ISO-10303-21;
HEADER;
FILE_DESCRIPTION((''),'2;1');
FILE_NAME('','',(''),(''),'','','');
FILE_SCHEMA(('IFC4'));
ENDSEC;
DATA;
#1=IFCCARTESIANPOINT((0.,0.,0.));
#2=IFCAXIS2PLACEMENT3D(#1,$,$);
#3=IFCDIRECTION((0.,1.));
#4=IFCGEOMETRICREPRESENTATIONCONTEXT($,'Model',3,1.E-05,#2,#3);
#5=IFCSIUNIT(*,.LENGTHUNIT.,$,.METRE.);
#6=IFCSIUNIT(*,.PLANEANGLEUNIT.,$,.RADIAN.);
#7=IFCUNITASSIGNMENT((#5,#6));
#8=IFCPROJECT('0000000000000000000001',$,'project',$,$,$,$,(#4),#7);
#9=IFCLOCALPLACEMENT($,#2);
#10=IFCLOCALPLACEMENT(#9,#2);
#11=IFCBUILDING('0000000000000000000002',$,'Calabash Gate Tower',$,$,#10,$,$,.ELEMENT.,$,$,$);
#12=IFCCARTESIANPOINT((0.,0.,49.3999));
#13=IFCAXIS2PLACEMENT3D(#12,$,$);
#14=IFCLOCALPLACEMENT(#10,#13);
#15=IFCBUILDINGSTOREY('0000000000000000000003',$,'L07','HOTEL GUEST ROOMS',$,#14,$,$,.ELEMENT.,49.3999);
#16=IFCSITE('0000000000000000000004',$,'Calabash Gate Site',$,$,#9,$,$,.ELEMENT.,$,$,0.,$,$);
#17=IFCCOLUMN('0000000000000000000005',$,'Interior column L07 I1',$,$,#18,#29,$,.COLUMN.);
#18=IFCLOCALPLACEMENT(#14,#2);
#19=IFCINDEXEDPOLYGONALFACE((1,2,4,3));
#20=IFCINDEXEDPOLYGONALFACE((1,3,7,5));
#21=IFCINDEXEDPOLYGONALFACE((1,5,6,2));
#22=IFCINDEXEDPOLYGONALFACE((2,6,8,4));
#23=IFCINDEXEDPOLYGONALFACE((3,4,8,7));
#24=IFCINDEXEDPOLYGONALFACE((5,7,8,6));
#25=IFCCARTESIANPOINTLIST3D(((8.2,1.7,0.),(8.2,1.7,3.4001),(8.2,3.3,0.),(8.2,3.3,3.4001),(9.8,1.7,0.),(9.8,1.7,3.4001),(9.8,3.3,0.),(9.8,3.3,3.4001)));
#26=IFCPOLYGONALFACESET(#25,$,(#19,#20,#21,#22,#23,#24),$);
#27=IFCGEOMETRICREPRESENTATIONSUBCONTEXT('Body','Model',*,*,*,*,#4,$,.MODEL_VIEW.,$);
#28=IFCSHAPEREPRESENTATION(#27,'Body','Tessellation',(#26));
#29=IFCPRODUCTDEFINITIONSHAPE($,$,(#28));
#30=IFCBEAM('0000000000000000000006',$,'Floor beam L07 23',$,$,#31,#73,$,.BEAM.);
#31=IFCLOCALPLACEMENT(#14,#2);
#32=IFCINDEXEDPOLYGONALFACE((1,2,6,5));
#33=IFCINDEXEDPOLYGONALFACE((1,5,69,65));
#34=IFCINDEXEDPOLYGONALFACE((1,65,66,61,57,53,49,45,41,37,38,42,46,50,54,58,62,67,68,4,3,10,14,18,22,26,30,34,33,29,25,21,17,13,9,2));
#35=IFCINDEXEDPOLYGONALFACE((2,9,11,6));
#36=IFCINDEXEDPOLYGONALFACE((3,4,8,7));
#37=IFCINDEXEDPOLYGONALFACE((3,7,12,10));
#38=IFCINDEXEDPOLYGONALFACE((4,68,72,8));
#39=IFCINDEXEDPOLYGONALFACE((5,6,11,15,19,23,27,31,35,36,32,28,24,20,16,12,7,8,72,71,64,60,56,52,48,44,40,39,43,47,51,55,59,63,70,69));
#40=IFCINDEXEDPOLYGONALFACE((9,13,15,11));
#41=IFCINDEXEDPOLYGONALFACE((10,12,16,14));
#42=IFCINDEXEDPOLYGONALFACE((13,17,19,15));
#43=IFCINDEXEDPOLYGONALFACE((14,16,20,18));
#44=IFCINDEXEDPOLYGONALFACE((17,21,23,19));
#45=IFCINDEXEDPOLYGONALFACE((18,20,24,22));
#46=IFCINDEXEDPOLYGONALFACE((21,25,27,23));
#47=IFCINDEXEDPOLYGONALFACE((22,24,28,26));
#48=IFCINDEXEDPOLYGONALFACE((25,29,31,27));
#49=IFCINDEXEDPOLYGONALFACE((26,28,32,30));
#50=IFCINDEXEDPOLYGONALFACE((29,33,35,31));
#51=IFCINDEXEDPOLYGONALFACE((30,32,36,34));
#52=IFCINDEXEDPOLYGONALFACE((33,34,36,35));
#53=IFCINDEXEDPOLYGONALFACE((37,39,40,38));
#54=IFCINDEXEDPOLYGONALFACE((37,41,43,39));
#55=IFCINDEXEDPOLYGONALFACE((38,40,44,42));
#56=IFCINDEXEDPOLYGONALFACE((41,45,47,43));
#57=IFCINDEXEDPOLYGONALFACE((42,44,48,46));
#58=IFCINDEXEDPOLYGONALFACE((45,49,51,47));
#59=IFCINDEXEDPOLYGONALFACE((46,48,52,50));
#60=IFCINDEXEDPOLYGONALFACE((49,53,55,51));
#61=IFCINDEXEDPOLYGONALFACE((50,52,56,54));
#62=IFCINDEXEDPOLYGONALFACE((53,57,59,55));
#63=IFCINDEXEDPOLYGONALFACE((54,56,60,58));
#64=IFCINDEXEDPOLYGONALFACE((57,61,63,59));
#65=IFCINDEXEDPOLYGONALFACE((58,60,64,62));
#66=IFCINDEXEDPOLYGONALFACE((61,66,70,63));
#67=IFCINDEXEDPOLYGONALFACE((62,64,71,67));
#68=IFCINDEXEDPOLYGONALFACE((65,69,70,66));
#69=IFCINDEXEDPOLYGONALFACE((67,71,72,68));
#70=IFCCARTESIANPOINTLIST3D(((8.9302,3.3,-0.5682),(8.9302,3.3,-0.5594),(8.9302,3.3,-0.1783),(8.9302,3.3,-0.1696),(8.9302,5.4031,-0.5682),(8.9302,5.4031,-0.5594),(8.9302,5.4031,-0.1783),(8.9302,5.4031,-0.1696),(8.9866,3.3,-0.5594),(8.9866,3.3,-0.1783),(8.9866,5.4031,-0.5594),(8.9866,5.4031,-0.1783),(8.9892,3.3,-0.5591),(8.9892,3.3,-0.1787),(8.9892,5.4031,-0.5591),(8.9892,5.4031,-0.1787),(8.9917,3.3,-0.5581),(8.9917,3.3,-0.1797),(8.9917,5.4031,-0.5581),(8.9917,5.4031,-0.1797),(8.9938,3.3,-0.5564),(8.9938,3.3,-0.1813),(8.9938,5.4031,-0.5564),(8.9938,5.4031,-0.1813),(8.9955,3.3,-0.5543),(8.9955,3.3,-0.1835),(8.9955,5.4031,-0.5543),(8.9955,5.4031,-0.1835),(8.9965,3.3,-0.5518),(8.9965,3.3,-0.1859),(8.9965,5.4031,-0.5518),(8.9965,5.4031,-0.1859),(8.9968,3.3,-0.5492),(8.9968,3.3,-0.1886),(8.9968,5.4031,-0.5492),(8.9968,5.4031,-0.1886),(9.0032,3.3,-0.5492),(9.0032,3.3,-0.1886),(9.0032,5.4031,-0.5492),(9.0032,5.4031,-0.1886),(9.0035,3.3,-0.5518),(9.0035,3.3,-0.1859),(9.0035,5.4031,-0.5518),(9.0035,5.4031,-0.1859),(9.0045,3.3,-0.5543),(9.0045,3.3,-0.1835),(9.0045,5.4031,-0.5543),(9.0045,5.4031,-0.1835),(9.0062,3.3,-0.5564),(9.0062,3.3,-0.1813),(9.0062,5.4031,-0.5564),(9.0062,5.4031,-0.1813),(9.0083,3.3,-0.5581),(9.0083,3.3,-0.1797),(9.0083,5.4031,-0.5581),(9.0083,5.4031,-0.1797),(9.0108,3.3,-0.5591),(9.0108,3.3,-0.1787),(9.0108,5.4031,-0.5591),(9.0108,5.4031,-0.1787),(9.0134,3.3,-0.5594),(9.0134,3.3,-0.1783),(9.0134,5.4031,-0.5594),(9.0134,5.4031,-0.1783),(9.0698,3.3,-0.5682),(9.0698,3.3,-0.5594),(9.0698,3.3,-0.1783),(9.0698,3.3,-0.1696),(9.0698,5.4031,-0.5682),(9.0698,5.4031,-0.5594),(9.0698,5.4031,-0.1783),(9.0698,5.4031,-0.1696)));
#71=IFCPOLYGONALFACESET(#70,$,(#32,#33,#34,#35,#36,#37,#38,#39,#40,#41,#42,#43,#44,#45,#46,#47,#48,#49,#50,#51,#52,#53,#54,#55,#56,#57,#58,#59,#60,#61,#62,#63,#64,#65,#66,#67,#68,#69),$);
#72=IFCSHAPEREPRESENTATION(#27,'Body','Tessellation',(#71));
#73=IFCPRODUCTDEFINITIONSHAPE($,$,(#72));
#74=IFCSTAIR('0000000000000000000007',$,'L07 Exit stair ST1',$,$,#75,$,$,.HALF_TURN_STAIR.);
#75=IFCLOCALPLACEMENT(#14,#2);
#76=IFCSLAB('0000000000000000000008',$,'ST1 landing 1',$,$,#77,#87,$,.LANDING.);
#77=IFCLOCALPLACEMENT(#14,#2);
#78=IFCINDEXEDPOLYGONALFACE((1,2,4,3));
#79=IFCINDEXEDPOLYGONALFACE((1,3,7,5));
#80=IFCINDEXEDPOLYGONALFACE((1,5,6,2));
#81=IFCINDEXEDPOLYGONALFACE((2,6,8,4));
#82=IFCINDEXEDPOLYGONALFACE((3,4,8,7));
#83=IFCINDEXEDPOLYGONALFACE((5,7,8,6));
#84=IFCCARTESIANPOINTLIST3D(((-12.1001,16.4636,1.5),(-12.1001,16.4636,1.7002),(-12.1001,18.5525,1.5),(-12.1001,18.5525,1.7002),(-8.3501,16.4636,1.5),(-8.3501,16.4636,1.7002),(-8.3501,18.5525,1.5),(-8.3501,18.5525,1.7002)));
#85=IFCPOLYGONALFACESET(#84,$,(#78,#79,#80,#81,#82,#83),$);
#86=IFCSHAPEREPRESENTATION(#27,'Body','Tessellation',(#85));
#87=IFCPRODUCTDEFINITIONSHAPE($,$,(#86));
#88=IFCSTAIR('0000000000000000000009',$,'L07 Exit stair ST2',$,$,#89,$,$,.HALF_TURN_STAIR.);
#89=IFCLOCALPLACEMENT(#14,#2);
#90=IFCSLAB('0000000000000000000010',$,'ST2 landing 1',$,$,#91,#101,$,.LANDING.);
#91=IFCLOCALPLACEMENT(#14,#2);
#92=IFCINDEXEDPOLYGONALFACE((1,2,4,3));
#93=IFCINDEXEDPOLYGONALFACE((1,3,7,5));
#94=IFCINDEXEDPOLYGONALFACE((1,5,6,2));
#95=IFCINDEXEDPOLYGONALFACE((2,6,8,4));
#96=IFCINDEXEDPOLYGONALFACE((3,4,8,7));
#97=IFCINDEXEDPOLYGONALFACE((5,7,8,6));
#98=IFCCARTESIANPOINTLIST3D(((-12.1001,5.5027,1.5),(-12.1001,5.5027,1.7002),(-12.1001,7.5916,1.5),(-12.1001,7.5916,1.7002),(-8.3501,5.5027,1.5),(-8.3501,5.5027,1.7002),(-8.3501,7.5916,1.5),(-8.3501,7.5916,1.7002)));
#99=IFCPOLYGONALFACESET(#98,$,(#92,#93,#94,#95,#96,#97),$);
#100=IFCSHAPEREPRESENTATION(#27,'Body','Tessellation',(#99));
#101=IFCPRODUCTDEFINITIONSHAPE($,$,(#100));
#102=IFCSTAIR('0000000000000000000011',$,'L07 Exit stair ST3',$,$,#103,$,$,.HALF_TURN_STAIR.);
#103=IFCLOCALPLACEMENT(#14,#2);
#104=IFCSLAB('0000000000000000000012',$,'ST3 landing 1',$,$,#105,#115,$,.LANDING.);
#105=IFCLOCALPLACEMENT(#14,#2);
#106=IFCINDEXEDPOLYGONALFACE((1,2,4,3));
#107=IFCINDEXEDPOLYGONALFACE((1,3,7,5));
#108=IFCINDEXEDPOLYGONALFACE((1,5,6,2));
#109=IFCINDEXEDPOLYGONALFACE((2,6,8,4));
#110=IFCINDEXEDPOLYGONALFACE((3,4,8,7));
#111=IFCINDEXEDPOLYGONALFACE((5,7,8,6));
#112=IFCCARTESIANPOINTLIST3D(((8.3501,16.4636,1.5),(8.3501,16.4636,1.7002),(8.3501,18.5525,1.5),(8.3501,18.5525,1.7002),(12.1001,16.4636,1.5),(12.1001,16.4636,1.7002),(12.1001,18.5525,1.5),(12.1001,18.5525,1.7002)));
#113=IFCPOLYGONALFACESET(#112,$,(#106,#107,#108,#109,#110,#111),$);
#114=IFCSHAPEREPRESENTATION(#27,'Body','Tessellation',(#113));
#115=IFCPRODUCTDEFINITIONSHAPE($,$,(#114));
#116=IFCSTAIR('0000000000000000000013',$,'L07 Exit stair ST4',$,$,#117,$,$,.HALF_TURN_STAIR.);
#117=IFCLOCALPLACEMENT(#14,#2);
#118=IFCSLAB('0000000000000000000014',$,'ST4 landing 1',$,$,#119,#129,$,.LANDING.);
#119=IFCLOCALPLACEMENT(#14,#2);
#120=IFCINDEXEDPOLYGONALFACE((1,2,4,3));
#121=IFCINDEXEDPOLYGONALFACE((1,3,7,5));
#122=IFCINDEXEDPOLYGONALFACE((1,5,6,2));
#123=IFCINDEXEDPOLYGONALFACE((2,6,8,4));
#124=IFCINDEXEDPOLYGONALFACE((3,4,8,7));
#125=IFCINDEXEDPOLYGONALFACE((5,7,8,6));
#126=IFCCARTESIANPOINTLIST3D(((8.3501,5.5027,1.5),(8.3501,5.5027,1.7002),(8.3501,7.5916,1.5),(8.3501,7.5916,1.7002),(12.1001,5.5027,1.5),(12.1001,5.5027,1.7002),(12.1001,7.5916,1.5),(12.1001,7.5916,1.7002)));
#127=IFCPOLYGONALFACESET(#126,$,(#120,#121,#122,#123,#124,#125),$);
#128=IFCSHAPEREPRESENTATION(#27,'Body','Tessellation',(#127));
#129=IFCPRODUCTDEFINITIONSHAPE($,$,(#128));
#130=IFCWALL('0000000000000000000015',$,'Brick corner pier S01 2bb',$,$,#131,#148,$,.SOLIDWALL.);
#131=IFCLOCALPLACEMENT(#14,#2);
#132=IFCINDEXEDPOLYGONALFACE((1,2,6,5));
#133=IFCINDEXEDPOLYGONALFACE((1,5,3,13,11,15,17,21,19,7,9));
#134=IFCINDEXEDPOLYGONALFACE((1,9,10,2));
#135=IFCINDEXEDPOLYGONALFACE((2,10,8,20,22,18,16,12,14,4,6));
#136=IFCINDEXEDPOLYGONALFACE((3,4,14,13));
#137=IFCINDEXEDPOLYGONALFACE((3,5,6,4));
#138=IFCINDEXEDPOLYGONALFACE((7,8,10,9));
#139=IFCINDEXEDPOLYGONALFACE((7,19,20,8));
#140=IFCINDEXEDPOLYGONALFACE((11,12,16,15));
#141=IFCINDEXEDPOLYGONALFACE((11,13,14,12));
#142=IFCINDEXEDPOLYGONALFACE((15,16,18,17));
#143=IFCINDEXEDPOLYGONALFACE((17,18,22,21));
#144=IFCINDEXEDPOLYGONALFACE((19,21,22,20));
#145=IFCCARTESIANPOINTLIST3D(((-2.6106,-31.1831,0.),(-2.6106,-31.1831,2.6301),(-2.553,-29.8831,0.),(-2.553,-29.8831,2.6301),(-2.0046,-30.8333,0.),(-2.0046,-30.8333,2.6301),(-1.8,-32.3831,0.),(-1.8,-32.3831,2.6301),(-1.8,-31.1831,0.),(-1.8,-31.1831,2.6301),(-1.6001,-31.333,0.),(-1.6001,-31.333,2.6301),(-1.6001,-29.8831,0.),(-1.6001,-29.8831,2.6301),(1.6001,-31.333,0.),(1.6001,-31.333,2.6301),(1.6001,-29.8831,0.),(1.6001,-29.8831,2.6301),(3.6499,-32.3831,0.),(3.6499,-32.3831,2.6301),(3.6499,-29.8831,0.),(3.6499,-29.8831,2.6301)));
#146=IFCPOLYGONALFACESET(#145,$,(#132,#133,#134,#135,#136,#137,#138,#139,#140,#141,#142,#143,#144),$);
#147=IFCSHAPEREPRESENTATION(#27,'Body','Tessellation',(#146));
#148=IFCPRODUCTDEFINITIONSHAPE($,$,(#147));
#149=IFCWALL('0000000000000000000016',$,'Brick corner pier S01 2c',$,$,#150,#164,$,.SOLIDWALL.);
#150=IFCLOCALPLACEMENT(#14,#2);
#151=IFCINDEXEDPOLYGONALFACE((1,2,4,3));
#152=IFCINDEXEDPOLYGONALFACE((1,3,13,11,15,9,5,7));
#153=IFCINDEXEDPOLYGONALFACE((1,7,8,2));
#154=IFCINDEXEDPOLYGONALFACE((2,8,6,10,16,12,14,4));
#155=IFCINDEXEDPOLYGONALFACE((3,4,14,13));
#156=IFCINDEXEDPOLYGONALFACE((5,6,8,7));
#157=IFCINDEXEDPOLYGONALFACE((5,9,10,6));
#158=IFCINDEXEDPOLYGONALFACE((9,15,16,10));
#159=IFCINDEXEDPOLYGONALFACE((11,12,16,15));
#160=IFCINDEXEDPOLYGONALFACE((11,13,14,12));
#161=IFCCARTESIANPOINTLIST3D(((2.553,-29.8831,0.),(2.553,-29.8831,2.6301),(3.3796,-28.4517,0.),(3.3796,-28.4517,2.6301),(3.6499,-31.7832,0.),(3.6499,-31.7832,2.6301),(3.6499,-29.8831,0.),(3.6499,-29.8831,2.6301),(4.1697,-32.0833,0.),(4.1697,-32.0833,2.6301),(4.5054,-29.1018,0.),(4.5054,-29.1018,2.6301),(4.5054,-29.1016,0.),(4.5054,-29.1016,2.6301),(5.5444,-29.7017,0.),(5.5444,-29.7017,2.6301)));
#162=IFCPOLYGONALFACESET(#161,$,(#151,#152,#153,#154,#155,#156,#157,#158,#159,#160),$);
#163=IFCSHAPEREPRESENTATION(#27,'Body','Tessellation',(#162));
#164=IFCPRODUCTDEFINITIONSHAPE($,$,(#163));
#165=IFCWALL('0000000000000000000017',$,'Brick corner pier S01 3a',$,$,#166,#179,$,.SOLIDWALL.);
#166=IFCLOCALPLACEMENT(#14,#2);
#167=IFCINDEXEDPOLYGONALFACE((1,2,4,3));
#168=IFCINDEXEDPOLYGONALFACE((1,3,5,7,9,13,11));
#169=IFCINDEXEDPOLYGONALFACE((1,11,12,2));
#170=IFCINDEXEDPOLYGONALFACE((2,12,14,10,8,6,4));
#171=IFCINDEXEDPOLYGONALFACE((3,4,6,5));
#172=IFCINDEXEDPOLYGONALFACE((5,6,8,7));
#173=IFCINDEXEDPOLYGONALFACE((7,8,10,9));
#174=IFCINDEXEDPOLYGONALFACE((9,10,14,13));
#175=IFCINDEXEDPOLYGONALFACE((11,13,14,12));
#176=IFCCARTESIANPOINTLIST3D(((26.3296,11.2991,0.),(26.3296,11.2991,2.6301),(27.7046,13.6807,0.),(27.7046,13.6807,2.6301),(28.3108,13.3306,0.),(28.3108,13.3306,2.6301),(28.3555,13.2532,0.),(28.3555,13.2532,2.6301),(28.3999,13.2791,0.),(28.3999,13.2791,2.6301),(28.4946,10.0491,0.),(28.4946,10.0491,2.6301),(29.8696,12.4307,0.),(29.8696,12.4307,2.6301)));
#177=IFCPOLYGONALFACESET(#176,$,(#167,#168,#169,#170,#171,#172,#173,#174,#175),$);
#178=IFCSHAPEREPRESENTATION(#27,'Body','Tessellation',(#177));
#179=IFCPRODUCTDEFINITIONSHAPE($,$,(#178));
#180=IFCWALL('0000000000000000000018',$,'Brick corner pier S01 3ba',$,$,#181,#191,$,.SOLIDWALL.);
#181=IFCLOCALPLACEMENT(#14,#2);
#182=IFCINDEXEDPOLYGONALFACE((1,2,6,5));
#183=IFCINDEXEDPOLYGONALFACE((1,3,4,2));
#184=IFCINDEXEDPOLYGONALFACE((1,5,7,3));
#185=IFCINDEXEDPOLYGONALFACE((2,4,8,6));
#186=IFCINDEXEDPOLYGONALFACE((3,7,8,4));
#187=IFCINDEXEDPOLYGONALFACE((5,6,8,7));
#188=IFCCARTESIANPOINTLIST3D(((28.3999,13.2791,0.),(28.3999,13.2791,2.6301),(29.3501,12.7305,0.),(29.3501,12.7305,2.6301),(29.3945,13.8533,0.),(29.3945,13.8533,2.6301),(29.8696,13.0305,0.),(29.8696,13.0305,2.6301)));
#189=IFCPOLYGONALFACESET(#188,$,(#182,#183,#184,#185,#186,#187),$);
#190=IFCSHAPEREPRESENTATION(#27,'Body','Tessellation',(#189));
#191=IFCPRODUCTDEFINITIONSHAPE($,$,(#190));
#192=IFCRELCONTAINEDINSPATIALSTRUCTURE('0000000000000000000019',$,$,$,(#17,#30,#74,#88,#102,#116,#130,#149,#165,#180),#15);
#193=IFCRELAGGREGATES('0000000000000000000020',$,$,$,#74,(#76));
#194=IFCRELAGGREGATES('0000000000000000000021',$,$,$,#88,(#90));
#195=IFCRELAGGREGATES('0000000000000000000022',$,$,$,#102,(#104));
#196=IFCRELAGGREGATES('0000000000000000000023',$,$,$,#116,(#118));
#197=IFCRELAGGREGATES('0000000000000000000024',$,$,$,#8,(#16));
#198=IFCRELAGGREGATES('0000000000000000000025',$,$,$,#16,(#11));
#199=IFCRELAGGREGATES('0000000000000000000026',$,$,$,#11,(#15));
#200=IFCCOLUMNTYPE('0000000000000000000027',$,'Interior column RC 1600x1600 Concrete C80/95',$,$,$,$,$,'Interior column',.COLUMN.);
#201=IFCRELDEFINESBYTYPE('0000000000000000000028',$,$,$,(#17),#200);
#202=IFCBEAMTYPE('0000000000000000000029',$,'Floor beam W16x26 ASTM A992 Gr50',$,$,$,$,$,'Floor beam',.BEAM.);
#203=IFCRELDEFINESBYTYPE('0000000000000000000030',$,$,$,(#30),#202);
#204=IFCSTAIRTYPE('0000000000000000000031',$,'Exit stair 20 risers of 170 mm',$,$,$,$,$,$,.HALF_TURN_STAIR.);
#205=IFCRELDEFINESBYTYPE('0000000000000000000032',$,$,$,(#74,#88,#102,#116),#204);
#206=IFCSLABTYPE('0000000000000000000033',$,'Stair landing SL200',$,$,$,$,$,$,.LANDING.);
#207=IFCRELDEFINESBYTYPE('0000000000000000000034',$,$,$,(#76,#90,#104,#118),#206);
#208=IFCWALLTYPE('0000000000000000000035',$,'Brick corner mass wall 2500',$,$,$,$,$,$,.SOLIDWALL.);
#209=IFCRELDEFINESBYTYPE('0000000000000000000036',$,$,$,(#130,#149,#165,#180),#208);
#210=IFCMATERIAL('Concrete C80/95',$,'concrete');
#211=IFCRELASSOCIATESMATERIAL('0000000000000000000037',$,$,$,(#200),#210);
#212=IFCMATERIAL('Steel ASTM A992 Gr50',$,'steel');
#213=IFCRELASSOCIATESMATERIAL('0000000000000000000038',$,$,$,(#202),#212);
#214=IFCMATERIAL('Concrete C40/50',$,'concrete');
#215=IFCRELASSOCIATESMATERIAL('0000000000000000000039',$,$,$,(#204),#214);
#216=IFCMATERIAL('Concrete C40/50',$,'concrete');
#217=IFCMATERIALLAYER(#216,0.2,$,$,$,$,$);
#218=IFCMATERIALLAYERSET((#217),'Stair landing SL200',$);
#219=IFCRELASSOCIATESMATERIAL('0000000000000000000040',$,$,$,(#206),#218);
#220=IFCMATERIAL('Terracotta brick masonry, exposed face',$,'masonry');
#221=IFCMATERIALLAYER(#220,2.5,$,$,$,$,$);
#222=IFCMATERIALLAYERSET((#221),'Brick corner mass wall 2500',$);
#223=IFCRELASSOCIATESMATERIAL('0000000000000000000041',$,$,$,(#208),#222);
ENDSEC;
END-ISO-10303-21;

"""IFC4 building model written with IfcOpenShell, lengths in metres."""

from ifc_helpers import new_model, si_unit, direction, frame, origin, origin_2d, place, context, subcontext, project, spatial, polyline, rectangle, i_section, outline, extrude, material, layer, layer_set, material_profile, profile_set, type_object, element, aggregate, save


model = new_model("IFC4")

# Units and contexts
model_context = context("Model", 3, precision=1e-05, world=origin(), true_north=direction((0.0, 1.0)))
body_context = subcontext(model_context, "Body", "Model", "MODEL_VIEW")
ifc_project = project(units=[si_unit("LENGTHUNIT", "METRE"), si_unit("PLANEANGLEUNIT", "RADIAN")], contexts=[model_context])

# Site, building, storey
site_placement = place(None, origin())
site = spatial("IfcSite", under=ifc_project, at=site_placement, Name="Calabash Gate Site", CompositionType="ELEMENT", RefElevation=0.0)
building_placement = place(site_placement, origin())
building = spatial("IfcBuilding", under=site, at=building_placement, Name="Calabash Gate Tower", CompositionType="ELEMENT")
storey_placement = place(building_placement, frame((0.0, 0.0, 49.3999)))
storey = spatial("IfcBuildingStorey", under=building, at=storey_placement, Name="L07", Description="HOTEL GUEST ROOMS", CompositionType="ELEMENT", Elevation=49.3999)

# Column
ifc_material_1 = material(Name="Concrete C80/95", Category="concrete")
ifc_material_profile_1 = material_profile(ifc_material_1, rectangle(XDim=1.6001, YDim=1.6001, at=origin_2d()))
ifc_profile_set_1 = profile_set([ifc_material_profile_1], Name="Concrete C80/95")
column_type = type_object("IfcColumnType", Name="Interior column RC 1600x1600 Concrete C80/95", ElementType="Interior column", PredefinedType="COLUMN", material=ifc_profile_set_1)
column_placement = place(storey_placement, frame((9.0, 2.5, 0.0), z_axis=(0.0, 0.0, 1.0), x_axis=(1.0, 0.0, 0.0)))
element("IfcColumn", 1, at=column_placement, inside=storey, type_object=column_type, Name="Interior column L07 I1", PredefinedType="COLUMN", context=body_context, shape_type="SweptSolid", body=[
    extrude(rectangle(XDim=1.6001, YDim=1.6001, at=origin_2d()), origin(), (0.0, 0.0, 1.0), 3.4001),
])

# Beam
ifc_material_2 = material(Name="Steel ASTM A992 Gr50", Category="steel")
ifc_material_profile_2 = material_profile(ifc_material_2, i_section(OverallWidth=0.1396, OverallDepth=0.3987, WebThickness=0.0063, FlangeThickness=0.0088, FilletRadius=0.0103, at=origin_2d()))
ifc_profile_set_2 = profile_set([ifc_material_profile_2], Name="Steel ASTM A992 Gr50")
beam_type = type_object("IfcBeamType", Name="Floor beam W16x26 ASTM A992 Gr50", ElementType="Floor beam", PredefinedType="BEAM", material=ifc_profile_set_2)
beam_placement = place(storey_placement, frame((9.0, 3.3, -0.3689), z_axis=(0.0, 1.0, 0.0), x_axis=(-1.0, 0.0, 0.0)))
element("IfcBeam", 2, at=beam_placement, inside=storey, type_object=beam_type, Name="Floor beam L07 23", PredefinedType="BEAM", context=body_context, shape_type="SweptSolid", body=[
    extrude(i_section(OverallWidth=0.1396, OverallDepth=0.3987, WebThickness=0.0063, FlangeThickness=0.0088, FilletRadius=0.0103, at=origin_2d()), origin(), (0.0, 0.0, 1.0), 2.103),
])

# Stairs, slabs
ifc_material_3 = material(Name="Concrete C40/50", Category="concrete")
stair_type = type_object("IfcStairType", Name="Exit stair 20 risers of 170 mm", PredefinedType="HALF_TURN_STAIR", material=ifc_material_3)
stair_1_placement = place(storey_placement, origin())
stair_1 = element("IfcStair", 3, at=stair_1_placement, inside=storey, type_object=stair_type, Name="L07 Exit stair ST1", PredefinedType="HALF_TURN_STAIR")
ifc_material_4 = material(Name="Concrete C40/50", Category="concrete")
ifc_layer_1 = layer(ifc_material_4, 0.2)
ifc_layer_set_1 = layer_set([ifc_layer_1], Name="Stair landing SL200")
slab_type = type_object("IfcSlabType", Name="Stair landing SL200", PredefinedType="LANDING", material=ifc_layer_set_1)
slab_1_placement = place(storey_placement, frame((0.0, 0.0, 1.5)))
slab_1 = element("IfcSlab", 4, at=slab_1_placement, type_object=slab_type, Name="ST1 landing 1", PredefinedType="LANDING", context=body_context, shape_type="SweptSolid", body=[
    extrude(outline(polyline([(-8.3501, 16.4636), (-8.3501, 18.5525), (-12.1001, 18.5525), (-12.1001, 16.4636), (-8.3501, 16.4636)])), origin(), (0.0, 0.0, 1.0), 0.2002),
])
aggregate(stair_1, [slab_1])
stair_2_placement = place(storey_placement, origin())
stair_2 = element("IfcStair", 5, at=stair_2_placement, inside=storey, type_object=stair_type, Name="L07 Exit stair ST2", PredefinedType="HALF_TURN_STAIR")
slab_2_placement = place(storey_placement, frame((0.0, 0.0, 1.5)))
slab_2 = element("IfcSlab", 6, at=slab_2_placement, type_object=slab_type, Name="ST2 landing 1", PredefinedType="LANDING", context=body_context, shape_type="SweptSolid", body=[
    extrude(outline(polyline([(-12.1001, 7.5916), (-12.1001, 5.5027), (-8.3501, 5.5027), (-8.3501, 7.5916), (-12.1001, 7.5916)])), origin(), (0.0, 0.0, 1.0), 0.2002),
])
aggregate(stair_2, [slab_2])
stair_3_placement = place(storey_placement, origin())
stair_3 = element("IfcStair", 7, at=stair_3_placement, inside=storey, type_object=stair_type, Name="L07 Exit stair ST3", PredefinedType="HALF_TURN_STAIR")
slab_3_placement = place(storey_placement, frame((0.0, 0.0, 1.5)))
slab_3 = element("IfcSlab", 8, at=slab_3_placement, type_object=slab_type, Name="ST3 landing 1", PredefinedType="LANDING", context=body_context, shape_type="SweptSolid", body=[
    extrude(outline(polyline([(12.1001, 16.4636), (12.1001, 18.5525), (8.3501, 18.5525), (8.3501, 16.4636), (12.1001, 16.4636)])), origin(), (0.0, 0.0, 1.0), 0.2002),
])
aggregate(stair_3, [slab_3])
stair_4_placement = place(storey_placement, origin())
stair_4 = element("IfcStair", 9, at=stair_4_placement, inside=storey, type_object=stair_type, Name="L07 Exit stair ST4", PredefinedType="HALF_TURN_STAIR")
slab_4_placement = place(storey_placement, frame((0.0, 0.0, 1.5)))
slab_4 = element("IfcSlab", 10, at=slab_4_placement, type_object=slab_type, Name="ST4 landing 1", PredefinedType="LANDING", context=body_context, shape_type="SweptSolid", body=[
    extrude(outline(polyline([(8.3501, 7.5916), (8.3501, 5.5027), (12.1001, 5.5027), (12.1001, 7.5916), (8.3501, 7.5916)])), origin(), (0.0, 0.0, 1.0), 0.2002),
])
aggregate(stair_4, [slab_4])

# Walls
ifc_material_5 = material(Name="Terracotta brick masonry, exposed face", Category="masonry")
ifc_layer_2 = layer(ifc_material_5, 2.5)
ifc_layer_set_2 = layer_set([ifc_layer_2], Name="Brick corner mass wall 2500")
wall_type_1 = type_object("IfcWallType", Name="Brick corner mass wall 2500", PredefinedType="SOLIDWALL", material=ifc_layer_set_2)
wall_1_placement = place(storey_placement, origin())
element("IfcWall", 11, at=wall_1_placement, inside=storey, type_object=wall_type_1, Name="Brick corner pier S01 2bb", PredefinedType="SOLIDWALL", context=body_context, shape_type="SweptSolid", body=[
    extrude(outline(polyline([(-1.8, -31.1831), (-1.8, -32.3831), (3.6499, -32.3831), (3.6499, -29.8831), (1.6001, -29.8831), (1.6001, -31.333), (-1.6001, -31.333), (-1.6001, -29.8831), (-2.553, -29.8831), (-2.0046, -30.8333), (-2.6106, -31.1831), (-1.8, -31.1831)])), origin(), (0.0, 0.0, 1.0), 2.6301),
])
wall_2_placement = place(storey_placement, origin())
element("IfcWall", 12, at=wall_2_placement, inside=storey, type_object=wall_type_1, Name="Brick corner pier S01 2c", PredefinedType="SOLIDWALL", context=body_context, shape_type="SweptSolid", body=[
    extrude(outline(polyline([(4.5054, -29.1016), (3.3796, -28.4517), (2.553, -29.8831), (3.6499, -29.8831), (3.6499, -31.7832), (4.1697, -32.0833), (5.5444, -29.7017), (4.5054, -29.1018), (4.5054, -29.1016)])), origin(), (0.0, 0.0, 1.0), 2.6301),
])
wall_3_placement = place(storey_placement, origin())
element("IfcWall", 13, at=wall_3_placement, inside=storey, type_object=wall_type_1, Name="Brick corner pier S01 3a", PredefinedType="SOLIDWALL", context=body_context, shape_type="SweptSolid", body=[
    extrude(outline(polyline([(28.4946, 10.0491), (29.8696, 12.4307), (28.3999, 13.2791), (28.3555, 13.2532), (28.3108, 13.3306), (27.7046, 13.6807), (26.3296, 11.2991), (28.4946, 10.0491)])), origin(), (0.0, 0.0, 1.0), 2.6301),
])
wall_4_placement = place(storey_placement, origin())
element("IfcWall", 14, at=wall_4_placement, inside=storey, type_object=wall_type_1, Name="Brick corner pier S01 3ba", PredefinedType="SOLIDWALL", context=body_context, shape_type="SweptSolid", body=[
    extrude(outline(polyline([(29.3501, 12.7305), (29.8696, 13.0305), (29.3945, 13.8533), (28.3999, 13.2791), (29.3501, 12.7305)])), origin(), (0.0, 0.0, 1.0), 2.6301),
])

save(model, "model.ifc")
